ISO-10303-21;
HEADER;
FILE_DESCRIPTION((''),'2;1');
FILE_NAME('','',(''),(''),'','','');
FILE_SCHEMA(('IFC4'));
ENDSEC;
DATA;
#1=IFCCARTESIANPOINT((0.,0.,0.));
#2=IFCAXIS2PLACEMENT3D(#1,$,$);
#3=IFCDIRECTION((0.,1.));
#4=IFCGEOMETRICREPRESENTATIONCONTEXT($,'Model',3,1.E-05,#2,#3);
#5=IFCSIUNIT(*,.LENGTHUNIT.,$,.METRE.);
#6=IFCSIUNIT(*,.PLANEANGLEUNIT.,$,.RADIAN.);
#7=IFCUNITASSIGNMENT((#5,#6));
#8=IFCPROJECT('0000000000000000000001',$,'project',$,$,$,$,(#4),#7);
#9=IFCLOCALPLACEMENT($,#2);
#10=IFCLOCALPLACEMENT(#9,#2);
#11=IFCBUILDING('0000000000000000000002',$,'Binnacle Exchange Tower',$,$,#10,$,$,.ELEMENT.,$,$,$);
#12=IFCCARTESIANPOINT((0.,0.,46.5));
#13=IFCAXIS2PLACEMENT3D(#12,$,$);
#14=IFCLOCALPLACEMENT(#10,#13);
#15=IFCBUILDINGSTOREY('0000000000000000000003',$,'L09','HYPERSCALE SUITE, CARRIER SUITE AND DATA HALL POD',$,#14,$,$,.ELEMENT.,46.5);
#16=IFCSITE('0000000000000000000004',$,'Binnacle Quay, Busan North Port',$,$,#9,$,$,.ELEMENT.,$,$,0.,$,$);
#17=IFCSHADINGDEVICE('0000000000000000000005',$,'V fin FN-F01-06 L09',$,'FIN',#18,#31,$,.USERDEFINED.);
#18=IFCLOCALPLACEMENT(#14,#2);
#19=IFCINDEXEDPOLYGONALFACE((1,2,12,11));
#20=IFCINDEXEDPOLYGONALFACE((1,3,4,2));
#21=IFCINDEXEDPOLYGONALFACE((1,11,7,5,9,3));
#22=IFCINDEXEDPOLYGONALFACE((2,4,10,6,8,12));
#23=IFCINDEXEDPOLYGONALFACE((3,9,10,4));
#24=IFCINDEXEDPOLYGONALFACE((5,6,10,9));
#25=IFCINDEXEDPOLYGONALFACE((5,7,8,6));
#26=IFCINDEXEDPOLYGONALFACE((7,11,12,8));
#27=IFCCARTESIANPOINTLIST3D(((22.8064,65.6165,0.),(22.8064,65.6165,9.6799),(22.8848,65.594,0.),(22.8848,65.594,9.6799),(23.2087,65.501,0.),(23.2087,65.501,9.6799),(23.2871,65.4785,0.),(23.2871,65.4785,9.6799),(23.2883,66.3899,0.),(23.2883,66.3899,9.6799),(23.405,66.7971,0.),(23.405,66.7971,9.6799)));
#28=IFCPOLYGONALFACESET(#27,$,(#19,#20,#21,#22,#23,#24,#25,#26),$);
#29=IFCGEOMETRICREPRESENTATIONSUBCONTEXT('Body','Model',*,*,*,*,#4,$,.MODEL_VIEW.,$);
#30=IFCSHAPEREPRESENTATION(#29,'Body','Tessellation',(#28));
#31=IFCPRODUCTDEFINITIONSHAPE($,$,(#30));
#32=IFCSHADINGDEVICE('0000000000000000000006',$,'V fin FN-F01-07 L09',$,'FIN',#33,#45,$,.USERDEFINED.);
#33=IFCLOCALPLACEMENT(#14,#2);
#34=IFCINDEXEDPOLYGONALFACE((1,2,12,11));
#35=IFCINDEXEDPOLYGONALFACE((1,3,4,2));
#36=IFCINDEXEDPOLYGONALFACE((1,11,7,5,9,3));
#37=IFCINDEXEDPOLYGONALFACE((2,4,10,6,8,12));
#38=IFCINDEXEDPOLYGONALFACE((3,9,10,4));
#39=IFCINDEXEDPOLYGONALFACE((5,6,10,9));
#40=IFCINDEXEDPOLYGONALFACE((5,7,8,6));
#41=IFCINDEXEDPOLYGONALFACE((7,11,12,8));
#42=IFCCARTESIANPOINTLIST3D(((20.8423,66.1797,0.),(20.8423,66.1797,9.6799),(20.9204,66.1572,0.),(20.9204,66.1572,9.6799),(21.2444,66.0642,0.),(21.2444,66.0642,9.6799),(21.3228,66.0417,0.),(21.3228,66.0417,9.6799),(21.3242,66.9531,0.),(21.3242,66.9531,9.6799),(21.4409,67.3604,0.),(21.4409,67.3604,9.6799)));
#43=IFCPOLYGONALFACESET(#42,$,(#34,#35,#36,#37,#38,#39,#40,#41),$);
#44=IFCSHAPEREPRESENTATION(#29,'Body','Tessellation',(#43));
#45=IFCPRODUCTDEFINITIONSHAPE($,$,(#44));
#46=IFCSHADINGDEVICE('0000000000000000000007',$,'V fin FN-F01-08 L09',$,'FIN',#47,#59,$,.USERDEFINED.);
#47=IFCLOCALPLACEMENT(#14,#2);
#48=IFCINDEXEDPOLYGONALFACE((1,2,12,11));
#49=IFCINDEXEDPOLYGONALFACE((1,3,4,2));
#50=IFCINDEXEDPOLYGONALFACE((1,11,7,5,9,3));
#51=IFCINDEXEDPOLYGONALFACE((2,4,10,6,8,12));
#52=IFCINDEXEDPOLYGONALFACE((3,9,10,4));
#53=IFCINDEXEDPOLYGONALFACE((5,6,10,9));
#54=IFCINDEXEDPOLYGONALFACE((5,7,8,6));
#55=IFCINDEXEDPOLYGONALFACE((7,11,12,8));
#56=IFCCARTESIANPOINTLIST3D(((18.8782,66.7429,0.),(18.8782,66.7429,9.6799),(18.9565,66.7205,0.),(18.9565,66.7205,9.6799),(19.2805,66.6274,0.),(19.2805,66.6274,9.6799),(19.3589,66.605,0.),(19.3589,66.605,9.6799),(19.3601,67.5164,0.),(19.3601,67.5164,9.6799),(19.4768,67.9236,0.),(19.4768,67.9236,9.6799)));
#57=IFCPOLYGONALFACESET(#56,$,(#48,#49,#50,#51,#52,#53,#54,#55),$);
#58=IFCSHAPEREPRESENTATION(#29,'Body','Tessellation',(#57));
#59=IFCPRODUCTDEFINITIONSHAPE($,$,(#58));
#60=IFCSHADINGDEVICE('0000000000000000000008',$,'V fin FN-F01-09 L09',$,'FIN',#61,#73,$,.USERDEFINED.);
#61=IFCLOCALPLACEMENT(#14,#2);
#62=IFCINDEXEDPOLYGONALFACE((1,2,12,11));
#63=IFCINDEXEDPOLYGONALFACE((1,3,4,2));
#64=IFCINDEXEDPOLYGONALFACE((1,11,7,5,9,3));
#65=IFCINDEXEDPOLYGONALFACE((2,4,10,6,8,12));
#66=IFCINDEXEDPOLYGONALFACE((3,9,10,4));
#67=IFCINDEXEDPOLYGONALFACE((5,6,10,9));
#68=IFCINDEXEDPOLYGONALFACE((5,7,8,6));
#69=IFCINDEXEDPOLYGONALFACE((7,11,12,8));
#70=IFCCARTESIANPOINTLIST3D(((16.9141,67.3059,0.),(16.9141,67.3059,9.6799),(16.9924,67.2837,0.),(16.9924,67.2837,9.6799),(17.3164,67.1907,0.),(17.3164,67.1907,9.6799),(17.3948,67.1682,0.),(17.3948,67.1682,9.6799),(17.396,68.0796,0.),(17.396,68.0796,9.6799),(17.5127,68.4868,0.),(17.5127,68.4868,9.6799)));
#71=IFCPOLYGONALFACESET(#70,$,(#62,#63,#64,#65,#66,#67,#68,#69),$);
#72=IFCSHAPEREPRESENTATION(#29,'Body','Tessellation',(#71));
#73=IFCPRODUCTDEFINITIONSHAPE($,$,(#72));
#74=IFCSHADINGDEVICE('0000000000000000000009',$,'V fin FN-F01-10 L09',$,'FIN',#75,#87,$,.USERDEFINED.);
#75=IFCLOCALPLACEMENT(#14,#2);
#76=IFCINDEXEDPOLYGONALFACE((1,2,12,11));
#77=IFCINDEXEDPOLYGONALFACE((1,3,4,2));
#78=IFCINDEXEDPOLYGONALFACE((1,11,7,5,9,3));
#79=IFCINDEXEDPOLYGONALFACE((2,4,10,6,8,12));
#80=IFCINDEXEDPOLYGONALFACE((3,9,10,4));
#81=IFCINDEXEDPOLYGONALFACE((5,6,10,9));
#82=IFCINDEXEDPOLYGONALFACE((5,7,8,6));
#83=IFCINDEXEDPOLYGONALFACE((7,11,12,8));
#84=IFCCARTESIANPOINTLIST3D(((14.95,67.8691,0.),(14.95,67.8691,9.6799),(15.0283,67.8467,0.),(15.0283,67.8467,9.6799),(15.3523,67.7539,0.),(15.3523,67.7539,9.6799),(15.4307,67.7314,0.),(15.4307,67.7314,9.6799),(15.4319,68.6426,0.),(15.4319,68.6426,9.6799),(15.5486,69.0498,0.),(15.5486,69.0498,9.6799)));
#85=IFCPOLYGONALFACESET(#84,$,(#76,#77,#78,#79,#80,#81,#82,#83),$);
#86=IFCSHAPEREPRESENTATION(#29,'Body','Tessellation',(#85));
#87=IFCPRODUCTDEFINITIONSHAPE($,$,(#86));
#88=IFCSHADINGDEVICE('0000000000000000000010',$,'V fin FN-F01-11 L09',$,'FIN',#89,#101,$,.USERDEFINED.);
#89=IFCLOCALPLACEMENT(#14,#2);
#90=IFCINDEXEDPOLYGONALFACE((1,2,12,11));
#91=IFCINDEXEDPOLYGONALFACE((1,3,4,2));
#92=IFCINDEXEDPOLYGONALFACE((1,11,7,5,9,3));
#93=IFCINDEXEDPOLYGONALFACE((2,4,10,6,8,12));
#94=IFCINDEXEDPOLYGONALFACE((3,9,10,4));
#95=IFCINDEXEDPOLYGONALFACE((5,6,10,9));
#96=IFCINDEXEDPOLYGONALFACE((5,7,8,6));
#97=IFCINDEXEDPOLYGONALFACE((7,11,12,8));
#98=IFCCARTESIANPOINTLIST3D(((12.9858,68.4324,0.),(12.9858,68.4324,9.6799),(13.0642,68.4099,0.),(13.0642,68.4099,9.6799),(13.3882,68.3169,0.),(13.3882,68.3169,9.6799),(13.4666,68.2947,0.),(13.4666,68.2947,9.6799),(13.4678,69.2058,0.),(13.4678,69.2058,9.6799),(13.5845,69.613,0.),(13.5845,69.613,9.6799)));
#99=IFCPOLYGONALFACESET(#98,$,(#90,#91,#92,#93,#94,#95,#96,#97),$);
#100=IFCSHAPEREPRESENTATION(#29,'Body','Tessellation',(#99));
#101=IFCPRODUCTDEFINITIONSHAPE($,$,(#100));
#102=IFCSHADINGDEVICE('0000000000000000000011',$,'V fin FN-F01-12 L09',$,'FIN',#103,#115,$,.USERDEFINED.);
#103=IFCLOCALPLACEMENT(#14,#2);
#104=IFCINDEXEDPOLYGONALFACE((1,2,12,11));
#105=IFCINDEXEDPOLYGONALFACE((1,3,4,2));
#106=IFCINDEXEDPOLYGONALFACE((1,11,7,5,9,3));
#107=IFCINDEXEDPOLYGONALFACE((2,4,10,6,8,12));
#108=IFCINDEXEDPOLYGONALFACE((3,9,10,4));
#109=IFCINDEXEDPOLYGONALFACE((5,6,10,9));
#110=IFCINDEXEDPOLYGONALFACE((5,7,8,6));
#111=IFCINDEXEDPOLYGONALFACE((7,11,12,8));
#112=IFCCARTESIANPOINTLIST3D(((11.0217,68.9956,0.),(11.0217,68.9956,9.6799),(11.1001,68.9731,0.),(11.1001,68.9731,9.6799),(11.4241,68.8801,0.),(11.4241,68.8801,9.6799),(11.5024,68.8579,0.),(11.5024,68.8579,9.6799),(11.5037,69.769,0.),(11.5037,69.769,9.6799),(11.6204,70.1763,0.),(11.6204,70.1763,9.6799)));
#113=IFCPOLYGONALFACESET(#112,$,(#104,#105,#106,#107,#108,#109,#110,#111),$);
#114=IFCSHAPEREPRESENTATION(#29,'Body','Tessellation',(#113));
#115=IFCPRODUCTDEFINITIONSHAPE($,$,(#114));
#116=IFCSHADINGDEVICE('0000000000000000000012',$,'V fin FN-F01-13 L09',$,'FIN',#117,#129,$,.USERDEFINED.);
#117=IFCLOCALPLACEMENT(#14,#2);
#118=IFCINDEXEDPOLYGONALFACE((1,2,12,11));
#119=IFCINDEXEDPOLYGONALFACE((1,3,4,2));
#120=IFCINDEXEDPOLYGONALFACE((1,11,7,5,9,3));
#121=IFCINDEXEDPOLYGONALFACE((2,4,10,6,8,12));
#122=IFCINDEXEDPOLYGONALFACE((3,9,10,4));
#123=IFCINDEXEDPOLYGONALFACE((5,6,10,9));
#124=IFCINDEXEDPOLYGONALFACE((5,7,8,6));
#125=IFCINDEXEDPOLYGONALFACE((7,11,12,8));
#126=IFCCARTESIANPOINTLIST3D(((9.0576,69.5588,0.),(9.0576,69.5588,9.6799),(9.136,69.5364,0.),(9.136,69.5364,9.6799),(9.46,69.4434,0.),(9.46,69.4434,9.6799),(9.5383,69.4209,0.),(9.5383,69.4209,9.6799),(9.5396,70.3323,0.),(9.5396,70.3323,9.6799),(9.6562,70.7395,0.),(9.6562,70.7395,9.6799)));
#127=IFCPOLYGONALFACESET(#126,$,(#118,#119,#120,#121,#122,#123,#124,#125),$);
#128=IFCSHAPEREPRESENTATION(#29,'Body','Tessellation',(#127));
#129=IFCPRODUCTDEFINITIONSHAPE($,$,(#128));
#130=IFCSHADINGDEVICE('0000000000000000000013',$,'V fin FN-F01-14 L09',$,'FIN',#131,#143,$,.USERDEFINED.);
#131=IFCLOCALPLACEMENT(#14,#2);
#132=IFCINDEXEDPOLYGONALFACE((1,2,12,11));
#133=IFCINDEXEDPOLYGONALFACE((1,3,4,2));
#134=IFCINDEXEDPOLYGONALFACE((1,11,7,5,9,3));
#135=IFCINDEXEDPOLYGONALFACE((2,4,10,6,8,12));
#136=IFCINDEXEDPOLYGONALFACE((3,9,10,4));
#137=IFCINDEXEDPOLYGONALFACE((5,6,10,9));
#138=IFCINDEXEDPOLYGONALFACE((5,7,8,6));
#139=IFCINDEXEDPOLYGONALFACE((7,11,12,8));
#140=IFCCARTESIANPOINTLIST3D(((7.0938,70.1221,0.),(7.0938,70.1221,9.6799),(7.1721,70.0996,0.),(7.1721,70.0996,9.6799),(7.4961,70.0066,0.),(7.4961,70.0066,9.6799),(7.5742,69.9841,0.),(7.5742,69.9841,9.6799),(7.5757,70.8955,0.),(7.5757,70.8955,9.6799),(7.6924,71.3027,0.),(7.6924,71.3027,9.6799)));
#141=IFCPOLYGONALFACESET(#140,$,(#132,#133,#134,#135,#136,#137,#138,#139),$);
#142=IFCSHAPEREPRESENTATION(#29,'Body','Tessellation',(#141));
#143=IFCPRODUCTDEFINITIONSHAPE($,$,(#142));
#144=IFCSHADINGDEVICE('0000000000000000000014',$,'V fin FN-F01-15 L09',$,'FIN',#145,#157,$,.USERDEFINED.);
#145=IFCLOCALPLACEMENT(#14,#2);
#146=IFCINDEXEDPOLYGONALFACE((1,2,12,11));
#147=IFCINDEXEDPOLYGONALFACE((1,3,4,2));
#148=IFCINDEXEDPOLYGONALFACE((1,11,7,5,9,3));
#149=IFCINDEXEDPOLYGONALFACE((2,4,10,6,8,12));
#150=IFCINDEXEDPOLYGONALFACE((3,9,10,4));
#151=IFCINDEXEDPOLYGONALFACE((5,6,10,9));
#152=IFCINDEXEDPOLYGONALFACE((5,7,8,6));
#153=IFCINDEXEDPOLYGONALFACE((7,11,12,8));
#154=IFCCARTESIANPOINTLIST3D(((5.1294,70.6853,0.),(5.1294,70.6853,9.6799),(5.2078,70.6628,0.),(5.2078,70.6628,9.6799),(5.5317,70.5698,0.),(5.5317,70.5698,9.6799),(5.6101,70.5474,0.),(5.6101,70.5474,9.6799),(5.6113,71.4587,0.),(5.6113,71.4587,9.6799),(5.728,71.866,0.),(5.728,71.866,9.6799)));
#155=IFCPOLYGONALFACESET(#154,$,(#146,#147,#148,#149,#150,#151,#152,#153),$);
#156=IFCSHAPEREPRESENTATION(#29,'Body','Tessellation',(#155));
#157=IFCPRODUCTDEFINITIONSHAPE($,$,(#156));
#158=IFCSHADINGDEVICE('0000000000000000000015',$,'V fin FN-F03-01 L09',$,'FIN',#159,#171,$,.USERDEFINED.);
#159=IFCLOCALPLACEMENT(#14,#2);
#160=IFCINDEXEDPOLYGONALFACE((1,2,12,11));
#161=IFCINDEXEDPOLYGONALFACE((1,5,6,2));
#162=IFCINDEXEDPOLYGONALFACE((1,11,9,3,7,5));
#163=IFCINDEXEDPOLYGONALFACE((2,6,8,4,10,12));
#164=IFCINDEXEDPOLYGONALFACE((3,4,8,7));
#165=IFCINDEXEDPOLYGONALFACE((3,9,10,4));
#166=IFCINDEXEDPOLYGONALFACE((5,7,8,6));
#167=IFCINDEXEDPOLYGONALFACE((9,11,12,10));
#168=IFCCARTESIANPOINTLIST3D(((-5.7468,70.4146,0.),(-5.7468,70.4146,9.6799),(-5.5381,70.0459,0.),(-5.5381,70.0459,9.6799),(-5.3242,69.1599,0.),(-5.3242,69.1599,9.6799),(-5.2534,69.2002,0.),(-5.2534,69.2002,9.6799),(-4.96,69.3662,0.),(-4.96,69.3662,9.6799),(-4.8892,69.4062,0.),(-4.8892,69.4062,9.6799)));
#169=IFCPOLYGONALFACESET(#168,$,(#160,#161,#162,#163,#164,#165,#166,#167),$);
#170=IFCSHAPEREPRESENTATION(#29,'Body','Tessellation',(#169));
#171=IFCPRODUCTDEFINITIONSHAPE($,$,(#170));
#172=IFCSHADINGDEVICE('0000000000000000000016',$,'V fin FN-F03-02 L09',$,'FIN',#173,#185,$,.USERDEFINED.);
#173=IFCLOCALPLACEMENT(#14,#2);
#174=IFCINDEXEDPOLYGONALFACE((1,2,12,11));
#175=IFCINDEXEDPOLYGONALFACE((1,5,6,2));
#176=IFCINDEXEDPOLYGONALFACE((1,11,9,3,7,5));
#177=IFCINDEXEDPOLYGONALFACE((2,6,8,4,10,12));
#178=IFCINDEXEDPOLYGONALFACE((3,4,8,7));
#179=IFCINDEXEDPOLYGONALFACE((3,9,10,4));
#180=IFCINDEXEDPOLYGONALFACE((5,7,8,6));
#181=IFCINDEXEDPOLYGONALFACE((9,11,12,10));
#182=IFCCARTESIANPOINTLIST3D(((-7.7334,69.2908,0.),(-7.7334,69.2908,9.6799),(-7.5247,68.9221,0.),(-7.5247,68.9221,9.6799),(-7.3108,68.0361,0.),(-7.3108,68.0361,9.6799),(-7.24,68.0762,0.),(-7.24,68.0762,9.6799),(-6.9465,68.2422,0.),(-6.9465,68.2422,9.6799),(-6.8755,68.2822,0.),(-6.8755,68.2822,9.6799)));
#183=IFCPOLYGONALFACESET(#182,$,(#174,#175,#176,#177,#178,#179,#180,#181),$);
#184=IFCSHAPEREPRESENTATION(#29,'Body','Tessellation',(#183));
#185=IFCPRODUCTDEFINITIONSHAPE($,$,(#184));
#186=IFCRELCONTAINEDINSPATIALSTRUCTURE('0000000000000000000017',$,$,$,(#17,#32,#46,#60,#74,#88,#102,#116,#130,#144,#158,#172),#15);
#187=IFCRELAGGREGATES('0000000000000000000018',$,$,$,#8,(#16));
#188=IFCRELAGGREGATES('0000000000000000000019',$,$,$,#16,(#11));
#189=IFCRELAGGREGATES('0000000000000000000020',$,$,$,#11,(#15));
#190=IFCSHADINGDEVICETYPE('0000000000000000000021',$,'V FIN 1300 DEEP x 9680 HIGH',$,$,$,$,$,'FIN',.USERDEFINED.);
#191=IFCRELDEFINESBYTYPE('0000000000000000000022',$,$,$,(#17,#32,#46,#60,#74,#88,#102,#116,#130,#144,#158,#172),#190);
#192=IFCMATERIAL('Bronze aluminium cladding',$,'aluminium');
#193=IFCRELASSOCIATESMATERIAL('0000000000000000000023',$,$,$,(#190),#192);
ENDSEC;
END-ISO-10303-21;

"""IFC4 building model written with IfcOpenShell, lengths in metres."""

from ifc_helpers import new_model, si_unit, direction, frame, origin, place, context, subcontext, project, spatial, polyline, outline, extrude, material, type_object, element, save


model = new_model("IFC4")

# Units and contexts
model_context = context("Model", 3, precision=1e-05, world=origin(), true_north=direction((0.0, 1.0)))
body_context = subcontext(model_context, "Body", "Model", "MODEL_VIEW")
ifc_project = project(units=[si_unit("LENGTHUNIT", "METRE"), si_unit("PLANEANGLEUNIT", "RADIAN")], contexts=[model_context])

# Site, building, storey
site_placement = place(None, origin())
site = spatial("IfcSite", under=ifc_project, at=site_placement, Name="Binnacle Quay, Busan North Port", CompositionType="ELEMENT", RefElevation=0.0)
building_placement = place(site_placement, origin())
building = spatial("IfcBuilding", under=site, at=building_placement, Name="Binnacle Exchange Tower", CompositionType="ELEMENT")
storey_placement = place(building_placement, frame((0.0, 0.0, 46.5)))
storey = spatial("IfcBuildingStorey", under=building, at=storey_placement, Name="L09", Description="HYPERSCALE SUITE, CARRIER SUITE AND DATA HALL POD", CompositionType="ELEMENT", Elevation=46.5)

# Shading devices
ifc_material_1 = material(Name="Bronze aluminium cladding", Category="aluminium")
shading_device_type = type_object("IfcShadingDeviceType", Name="V FIN 1300 DEEP x 9680 HIGH", ElementType="FIN", PredefinedType="USERDEFINED", material=ifc_material_1)
shading_device_1_placement = place(storey_placement, origin())
element("IfcShadingDevice", 1, at=shading_device_1_placement, inside=storey, type_object=shading_device_type, Name="V fin FN-F01-06 L09", ObjectType="FIN", PredefinedType="USERDEFINED", context=body_context, shape_type="SweptSolid", body=[
    extrude(outline(polyline([(23.2871, 65.4785), (23.405, 66.7971), (22.8064, 65.6165), (22.8848, 65.594), (23.2883, 66.3899), (23.2087, 65.501), (23.2871, 65.4785)])), origin(), (0.0, 0.0, 1.0), 9.6799),
])
shading_device_2_placement = place(storey_placement, origin())
element("IfcShadingDevice", 2, at=shading_device_2_placement, inside=storey, type_object=shading_device_type, Name="V fin FN-F01-07 L09", ObjectType="FIN", PredefinedType="USERDEFINED", context=body_context, shape_type="SweptSolid", body=[
    extrude(outline(polyline([(21.3228, 66.0417), (21.4409, 67.3604), (20.8423, 66.1797), (20.9204, 66.1572), (21.3242, 66.9531), (21.2444, 66.0642), (21.3228, 66.0417)])), origin(), (0.0, 0.0, 1.0), 9.6799),
])
shading_device_3_placement = place(storey_placement, origin())
element("IfcShadingDevice", 3, at=shading_device_3_placement, inside=storey, type_object=shading_device_type, Name="V fin FN-F01-08 L09", ObjectType="FIN", PredefinedType="USERDEFINED", context=body_context, shape_type="SweptSolid", body=[
    extrude(outline(polyline([(19.3589, 66.605), (19.4768, 67.9236), (18.8782, 66.7429), (18.9565, 66.7205), (19.3601, 67.5164), (19.2805, 66.6274), (19.3589, 66.605)])), origin(), (0.0, 0.0, 1.0), 9.6799),
])
shading_device_4_placement = place(storey_placement, origin())
element("IfcShadingDevice", 4, at=shading_device_4_placement, inside=storey, type_object=shading_device_type, Name="V fin FN-F01-09 L09", ObjectType="FIN", PredefinedType="USERDEFINED", context=body_context, shape_type="SweptSolid", body=[
    extrude(outline(polyline([(17.3948, 67.1682), (17.5127, 68.4868), (16.9141, 67.3059), (16.9924, 67.2837), (17.396, 68.0796), (17.3164, 67.1907), (17.3948, 67.1682)])), origin(), (0.0, 0.0, 1.0), 9.6799),
])
shading_device_5_placement = place(storey_placement, origin())
element("IfcShadingDevice", 5, at=shading_device_5_placement, inside=storey, type_object=shading_device_type, Name="V fin FN-F01-10 L09", ObjectType="FIN", PredefinedType="USERDEFINED", context=body_context, shape_type="SweptSolid", body=[
    extrude(outline(polyline([(15.4307, 67.7314), (15.5486, 69.0498), (14.95, 67.8691), (15.0283, 67.8467), (15.4319, 68.6426), (15.3523, 67.7539), (15.4307, 67.7314)])), origin(), (0.0, 0.0, 1.0), 9.6799),
])
shading_device_6_placement = place(storey_placement, origin())
element("IfcShadingDevice", 6, at=shading_device_6_placement, inside=storey, type_object=shading_device_type, Name="V fin FN-F01-11 L09", ObjectType="FIN", PredefinedType="USERDEFINED", context=body_context, shape_type="SweptSolid", body=[
    extrude(outline(polyline([(13.4666, 68.2947), (13.5845, 69.613), (12.9858, 68.4324), (13.0642, 68.4099), (13.4678, 69.2058), (13.3882, 68.3169), (13.4666, 68.2947)])), origin(), (0.0, 0.0, 1.0), 9.6799),
])
shading_device_7_placement = place(storey_placement, origin())
element("IfcShadingDevice", 7, at=shading_device_7_placement, inside=storey, type_object=shading_device_type, Name="V fin FN-F01-12 L09", ObjectType="FIN", PredefinedType="USERDEFINED", context=body_context, shape_type="SweptSolid", body=[
    extrude(outline(polyline([(11.5024, 68.8579), (11.6204, 70.1763), (11.0217, 68.9956), (11.1001, 68.9731), (11.5037, 69.769), (11.4241, 68.8801), (11.5024, 68.8579)])), origin(), (0.0, 0.0, 1.0), 9.6799),
])
shading_device_8_placement = place(storey_placement, origin())
element("IfcShadingDevice", 8, at=shading_device_8_placement, inside=storey, type_object=shading_device_type, Name="V fin FN-F01-13 L09", ObjectType="FIN", PredefinedType="USERDEFINED", context=body_context, shape_type="SweptSolid", body=[
    extrude(outline(polyline([(9.5383, 69.4209), (9.6562, 70.7395), (9.0576, 69.5588), (9.136, 69.5364), (9.5396, 70.3323), (9.46, 69.4434), (9.5383, 69.4209)])), origin(), (0.0, 0.0, 1.0), 9.6799),
])
shading_device_9_placement = place(storey_placement, origin())
element("IfcShadingDevice", 9, at=shading_device_9_placement, inside=storey, type_object=shading_device_type, Name="V fin FN-F01-14 L09", ObjectType="FIN", PredefinedType="USERDEFINED", context=body_context, shape_type="SweptSolid", body=[
    extrude(outline(polyline([(7.5742, 69.9841), (7.6924, 71.3027), (7.0938, 70.1221), (7.1721, 70.0996), (7.5757, 70.8955), (7.4961, 70.0066), (7.5742, 69.9841)])), origin(), (0.0, 0.0, 1.0), 9.6799),
])
shading_device_10_placement = place(storey_placement, origin())
element("IfcShadingDevice", 10, at=shading_device_10_placement, inside=storey, type_object=shading_device_type, Name="V fin FN-F01-15 L09", ObjectType="FIN", PredefinedType="USERDEFINED", context=body_context, shape_type="SweptSolid", body=[
    extrude(outline(polyline([(5.6101, 70.5474), (5.728, 71.866), (5.1294, 70.6853), (5.2078, 70.6628), (5.6113, 71.4587), (5.5317, 70.5698), (5.6101, 70.5474)])), origin(), (0.0, 0.0, 1.0), 9.6799),
])
shading_device_11_placement = place(storey_placement, origin())
element("IfcShadingDevice", 11, at=shading_device_11_placement, inside=storey, type_object=shading_device_type, Name="V fin FN-F03-01 L09", ObjectType="FIN", PredefinedType="USERDEFINED", context=body_context, shape_type="SweptSolid", body=[
    extrude(outline(polyline([(-4.8892, 69.4062), (-5.7468, 70.4146), (-5.3242, 69.1599), (-5.2534, 69.2002), (-5.5381, 70.0459), (-4.96, 69.3662), (-4.8892, 69.4062)])), origin(), (0.0, 0.0, 1.0), 9.6799),
])
shading_device_12_placement = place(storey_placement, origin())
element("IfcShadingDevice", 12, at=shading_device_12_placement, inside=storey, type_object=shading_device_type, Name="V fin FN-F03-02 L09", ObjectType="FIN", PredefinedType="USERDEFINED", context=body_context, shape_type="SweptSolid", body=[
    extrude(outline(polyline([(-6.8755, 68.2822), (-7.7334, 69.2908), (-7.3108, 68.0361), (-7.24, 68.0762), (-7.5247, 68.9221), (-6.9465, 68.2422), (-6.8755, 68.2822)])), origin(), (0.0, 0.0, 1.0), 9.6799),
])

save(model, "model.ifc")
